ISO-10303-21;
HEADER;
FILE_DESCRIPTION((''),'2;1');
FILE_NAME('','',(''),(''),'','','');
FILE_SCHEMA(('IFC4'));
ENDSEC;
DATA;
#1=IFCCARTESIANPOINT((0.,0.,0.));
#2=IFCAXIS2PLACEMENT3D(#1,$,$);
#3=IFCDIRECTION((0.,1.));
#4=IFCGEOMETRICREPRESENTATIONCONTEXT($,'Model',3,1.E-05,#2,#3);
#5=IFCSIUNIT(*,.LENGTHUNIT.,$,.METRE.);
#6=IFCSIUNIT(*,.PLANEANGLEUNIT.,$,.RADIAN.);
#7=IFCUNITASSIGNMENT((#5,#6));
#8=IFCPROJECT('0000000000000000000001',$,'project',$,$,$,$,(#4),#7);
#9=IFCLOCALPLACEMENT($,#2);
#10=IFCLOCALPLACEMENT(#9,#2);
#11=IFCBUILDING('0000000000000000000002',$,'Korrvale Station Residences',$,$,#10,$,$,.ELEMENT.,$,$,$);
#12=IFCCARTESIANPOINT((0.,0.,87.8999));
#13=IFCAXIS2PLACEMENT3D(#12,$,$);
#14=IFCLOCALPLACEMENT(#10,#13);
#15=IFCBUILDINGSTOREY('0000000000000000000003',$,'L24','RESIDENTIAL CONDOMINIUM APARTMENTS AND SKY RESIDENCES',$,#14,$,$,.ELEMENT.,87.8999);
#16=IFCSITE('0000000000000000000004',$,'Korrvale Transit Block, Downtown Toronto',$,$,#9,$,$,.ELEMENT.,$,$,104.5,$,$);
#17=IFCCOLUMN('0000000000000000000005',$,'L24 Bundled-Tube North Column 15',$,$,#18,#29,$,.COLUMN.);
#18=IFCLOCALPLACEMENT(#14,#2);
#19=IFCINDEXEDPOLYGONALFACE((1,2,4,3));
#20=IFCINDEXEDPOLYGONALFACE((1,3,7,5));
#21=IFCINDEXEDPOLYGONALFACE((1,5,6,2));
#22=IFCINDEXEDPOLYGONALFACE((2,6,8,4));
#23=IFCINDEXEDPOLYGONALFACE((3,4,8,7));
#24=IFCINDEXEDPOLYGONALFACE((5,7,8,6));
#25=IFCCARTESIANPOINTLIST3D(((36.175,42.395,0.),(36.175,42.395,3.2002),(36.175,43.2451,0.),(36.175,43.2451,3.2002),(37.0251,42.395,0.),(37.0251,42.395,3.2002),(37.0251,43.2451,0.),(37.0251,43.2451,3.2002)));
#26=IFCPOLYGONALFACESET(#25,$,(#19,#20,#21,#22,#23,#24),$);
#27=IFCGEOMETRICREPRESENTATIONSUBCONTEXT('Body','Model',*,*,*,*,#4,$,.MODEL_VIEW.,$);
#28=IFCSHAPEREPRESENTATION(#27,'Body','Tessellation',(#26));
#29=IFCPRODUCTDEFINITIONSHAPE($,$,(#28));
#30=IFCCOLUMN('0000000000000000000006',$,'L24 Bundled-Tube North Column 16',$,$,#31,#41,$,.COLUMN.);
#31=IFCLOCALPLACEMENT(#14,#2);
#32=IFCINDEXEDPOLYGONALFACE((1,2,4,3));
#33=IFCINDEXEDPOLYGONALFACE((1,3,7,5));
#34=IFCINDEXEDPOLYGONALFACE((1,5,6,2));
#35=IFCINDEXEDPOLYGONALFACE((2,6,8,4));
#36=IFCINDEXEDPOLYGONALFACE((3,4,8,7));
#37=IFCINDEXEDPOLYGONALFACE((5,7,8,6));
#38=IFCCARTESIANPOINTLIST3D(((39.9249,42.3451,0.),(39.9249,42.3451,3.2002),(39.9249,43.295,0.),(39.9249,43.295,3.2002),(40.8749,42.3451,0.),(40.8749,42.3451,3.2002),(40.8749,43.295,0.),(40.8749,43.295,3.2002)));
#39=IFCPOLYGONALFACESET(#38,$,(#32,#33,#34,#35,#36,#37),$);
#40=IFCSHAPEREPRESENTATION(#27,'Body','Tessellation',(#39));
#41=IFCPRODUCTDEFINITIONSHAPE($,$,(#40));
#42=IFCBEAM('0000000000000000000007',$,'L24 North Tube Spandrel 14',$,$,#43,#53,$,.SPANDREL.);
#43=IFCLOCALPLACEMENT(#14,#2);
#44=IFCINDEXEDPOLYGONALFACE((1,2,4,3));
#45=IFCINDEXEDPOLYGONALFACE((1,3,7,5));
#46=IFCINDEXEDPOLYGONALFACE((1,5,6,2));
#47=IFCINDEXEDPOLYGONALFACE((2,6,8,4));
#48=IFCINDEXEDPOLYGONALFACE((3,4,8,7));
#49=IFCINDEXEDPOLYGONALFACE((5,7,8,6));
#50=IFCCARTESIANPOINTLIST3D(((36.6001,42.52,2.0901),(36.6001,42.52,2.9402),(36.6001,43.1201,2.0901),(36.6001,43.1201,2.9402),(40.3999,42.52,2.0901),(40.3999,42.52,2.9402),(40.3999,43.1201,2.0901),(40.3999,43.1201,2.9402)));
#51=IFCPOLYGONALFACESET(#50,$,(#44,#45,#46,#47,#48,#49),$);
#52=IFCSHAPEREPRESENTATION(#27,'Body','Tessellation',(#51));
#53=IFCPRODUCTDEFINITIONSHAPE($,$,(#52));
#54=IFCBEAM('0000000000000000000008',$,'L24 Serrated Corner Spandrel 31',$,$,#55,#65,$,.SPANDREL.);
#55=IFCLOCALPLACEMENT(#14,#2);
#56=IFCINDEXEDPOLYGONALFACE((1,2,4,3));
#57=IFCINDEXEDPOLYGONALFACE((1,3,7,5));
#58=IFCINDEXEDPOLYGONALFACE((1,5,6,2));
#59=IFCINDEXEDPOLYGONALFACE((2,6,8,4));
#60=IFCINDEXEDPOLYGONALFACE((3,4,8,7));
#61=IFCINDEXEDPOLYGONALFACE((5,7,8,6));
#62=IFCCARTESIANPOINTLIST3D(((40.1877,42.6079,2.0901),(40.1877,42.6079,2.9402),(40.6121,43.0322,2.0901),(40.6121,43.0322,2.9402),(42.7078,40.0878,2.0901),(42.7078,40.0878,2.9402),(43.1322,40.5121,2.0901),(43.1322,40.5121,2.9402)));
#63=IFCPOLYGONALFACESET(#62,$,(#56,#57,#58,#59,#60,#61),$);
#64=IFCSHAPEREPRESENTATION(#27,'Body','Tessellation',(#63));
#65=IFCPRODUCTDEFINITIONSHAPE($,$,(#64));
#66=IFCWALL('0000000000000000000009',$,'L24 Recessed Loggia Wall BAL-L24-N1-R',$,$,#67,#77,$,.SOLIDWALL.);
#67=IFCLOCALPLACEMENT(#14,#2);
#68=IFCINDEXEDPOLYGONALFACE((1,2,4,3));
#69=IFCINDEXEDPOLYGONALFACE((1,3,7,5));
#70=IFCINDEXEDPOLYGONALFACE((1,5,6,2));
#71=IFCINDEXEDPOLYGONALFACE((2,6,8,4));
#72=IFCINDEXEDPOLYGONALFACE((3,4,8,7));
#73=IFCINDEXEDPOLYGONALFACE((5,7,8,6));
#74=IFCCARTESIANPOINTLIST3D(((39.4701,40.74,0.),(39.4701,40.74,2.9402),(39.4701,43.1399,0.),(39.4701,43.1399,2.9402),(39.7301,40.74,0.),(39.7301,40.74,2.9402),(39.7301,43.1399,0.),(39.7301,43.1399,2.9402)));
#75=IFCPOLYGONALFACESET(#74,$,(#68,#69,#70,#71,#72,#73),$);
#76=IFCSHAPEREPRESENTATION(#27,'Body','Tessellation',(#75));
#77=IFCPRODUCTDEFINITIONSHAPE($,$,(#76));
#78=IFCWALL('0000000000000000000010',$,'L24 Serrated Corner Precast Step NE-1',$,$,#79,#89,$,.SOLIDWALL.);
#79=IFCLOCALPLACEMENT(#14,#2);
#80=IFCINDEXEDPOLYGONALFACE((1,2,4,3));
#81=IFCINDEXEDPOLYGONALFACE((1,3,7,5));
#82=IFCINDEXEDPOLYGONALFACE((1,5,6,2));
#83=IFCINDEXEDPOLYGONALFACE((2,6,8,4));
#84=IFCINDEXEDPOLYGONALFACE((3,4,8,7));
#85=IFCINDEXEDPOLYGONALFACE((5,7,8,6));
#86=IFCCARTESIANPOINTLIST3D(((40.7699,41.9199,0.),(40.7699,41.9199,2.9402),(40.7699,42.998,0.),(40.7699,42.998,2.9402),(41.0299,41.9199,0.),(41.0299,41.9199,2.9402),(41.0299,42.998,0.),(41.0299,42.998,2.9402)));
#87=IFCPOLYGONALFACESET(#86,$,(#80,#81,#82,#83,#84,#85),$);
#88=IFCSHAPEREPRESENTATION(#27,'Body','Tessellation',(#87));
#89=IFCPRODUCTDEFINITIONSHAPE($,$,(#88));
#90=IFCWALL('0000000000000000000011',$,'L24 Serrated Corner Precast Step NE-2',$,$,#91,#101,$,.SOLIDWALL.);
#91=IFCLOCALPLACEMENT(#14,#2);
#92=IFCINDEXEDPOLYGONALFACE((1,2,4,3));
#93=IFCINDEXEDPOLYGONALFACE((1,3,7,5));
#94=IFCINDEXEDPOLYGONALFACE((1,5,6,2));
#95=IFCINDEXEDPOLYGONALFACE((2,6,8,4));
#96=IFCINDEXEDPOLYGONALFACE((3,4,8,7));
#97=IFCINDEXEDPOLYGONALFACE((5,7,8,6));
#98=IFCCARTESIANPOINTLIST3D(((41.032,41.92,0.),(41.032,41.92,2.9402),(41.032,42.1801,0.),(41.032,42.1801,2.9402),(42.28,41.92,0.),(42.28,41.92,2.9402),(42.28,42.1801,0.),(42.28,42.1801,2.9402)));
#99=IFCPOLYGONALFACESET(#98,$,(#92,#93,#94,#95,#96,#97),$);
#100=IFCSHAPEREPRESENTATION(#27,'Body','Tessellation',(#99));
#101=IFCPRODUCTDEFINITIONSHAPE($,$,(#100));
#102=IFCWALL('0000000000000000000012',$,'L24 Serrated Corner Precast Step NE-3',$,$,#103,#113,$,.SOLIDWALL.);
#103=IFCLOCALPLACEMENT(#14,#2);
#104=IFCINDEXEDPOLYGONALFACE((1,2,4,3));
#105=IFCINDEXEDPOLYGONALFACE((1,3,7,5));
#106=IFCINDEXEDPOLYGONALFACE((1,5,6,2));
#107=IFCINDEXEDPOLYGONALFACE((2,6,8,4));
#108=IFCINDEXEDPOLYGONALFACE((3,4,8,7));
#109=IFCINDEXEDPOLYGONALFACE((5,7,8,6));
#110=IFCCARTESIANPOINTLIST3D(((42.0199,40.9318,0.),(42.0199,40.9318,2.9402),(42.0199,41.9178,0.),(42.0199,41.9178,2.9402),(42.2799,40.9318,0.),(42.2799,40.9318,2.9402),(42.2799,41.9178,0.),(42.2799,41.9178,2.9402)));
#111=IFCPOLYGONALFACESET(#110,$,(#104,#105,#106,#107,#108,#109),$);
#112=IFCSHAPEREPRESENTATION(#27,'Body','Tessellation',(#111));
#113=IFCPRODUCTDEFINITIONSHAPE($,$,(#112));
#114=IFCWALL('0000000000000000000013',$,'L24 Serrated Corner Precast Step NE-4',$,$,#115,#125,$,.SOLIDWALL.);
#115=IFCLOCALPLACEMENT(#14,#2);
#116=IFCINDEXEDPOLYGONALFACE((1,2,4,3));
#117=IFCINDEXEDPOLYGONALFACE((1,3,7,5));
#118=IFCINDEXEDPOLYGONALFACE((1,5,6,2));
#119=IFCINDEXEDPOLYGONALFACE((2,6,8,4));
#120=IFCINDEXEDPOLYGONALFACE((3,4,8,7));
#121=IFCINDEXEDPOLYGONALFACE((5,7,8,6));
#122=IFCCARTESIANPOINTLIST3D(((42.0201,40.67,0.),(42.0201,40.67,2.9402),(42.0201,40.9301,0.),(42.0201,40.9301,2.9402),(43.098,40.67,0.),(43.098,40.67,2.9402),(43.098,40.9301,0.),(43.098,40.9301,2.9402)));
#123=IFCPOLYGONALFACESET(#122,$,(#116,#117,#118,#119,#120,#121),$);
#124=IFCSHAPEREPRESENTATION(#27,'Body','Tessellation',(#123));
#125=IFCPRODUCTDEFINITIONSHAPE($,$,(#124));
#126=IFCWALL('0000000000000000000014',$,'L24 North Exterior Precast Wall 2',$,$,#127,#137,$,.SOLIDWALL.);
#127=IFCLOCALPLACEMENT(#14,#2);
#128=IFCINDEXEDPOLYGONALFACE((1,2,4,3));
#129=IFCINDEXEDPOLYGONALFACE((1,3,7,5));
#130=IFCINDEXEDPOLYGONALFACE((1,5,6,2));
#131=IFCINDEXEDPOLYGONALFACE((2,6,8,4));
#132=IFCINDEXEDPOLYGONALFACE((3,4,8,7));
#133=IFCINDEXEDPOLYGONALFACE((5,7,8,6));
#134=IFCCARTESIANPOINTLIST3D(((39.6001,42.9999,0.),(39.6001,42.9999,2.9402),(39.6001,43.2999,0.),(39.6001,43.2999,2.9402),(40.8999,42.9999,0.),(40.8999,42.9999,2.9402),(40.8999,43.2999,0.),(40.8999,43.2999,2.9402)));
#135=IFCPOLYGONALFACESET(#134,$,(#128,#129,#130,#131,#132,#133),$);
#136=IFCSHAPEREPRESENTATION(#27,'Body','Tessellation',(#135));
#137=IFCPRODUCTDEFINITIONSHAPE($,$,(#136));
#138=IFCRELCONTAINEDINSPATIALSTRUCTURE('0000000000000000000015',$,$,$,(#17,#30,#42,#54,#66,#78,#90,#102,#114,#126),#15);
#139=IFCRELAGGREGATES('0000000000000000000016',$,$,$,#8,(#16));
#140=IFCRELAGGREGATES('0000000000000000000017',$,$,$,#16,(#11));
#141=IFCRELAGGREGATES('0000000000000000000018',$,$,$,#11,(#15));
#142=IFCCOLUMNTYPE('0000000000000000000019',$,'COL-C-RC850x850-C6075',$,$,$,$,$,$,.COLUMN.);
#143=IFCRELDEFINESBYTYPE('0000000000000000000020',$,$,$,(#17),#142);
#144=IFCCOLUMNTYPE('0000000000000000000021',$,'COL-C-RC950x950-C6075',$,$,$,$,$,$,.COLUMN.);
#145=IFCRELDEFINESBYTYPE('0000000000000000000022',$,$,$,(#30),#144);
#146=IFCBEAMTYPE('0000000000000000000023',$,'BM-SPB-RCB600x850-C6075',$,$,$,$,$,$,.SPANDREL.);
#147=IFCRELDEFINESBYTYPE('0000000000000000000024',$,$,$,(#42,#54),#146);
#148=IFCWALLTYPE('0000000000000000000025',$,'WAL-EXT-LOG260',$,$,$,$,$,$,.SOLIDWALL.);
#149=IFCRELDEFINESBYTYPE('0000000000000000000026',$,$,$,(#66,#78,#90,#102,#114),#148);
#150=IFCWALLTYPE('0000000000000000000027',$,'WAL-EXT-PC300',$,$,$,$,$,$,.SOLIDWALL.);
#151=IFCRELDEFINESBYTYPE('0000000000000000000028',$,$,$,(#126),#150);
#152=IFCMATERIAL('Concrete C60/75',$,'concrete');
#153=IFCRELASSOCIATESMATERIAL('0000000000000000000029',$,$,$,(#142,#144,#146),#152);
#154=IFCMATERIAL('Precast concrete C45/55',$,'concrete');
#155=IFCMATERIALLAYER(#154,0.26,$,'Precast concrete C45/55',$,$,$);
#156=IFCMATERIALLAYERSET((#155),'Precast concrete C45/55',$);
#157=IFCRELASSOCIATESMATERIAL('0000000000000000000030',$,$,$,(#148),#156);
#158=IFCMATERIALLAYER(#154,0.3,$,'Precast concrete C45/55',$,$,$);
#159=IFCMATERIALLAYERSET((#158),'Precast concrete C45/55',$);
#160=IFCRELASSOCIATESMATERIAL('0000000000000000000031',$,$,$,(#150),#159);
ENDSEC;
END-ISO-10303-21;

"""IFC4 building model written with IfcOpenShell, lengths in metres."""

from ifc_helpers import new_model, si_unit, direction, frame, frame_2d, origin, origin_2d, place, context, subcontext, project, spatial, rectangle, extrude, material, layer, layer_set, material_profile, profile_set, type_object, element, save


model = new_model("IFC4")

# Units and contexts
model_context = context("Model", 3, precision=1e-05, world=origin(), true_north=direction((0.0, 1.0)))
body_context = subcontext(model_context, "Body", "Model", "MODEL_VIEW")
ifc_project = project(units=[si_unit("LENGTHUNIT", "METRE"), si_unit("PLANEANGLEUNIT", "RADIAN")], contexts=[model_context])

# Site, building, storey
site_placement = place(None, origin())
site = spatial("IfcSite", under=ifc_project, at=site_placement, Name="Korrvale Transit Block, Downtown Toronto", CompositionType="ELEMENT", RefElevation=104.5)
building_placement = place(site_placement, origin())
building = spatial("IfcBuilding", under=site, at=building_placement, Name="Korrvale Station Residences", CompositionType="ELEMENT")
storey_placement = place(building_placement, frame((0.0, 0.0, 87.8999)))
storey = spatial("IfcBuildingStorey", under=building, at=storey_placement, Name="L24", Description="RESIDENTIAL CONDOMINIUM APARTMENTS AND SKY RESIDENCES", CompositionType="ELEMENT", Elevation=87.8999)

# Columns
ifc_material_1 = material(Name="Concrete C60/75", Category="concrete")
ifc_material_profile_1 = material_profile(ifc_material_1, rectangle(XDim=0.8501, YDim=0.8501, at=origin_2d()), Name="RC850x850")
ifc_profile_set_1 = profile_set([ifc_material_profile_1], Name="Concrete C60/75")
column_type_1 = type_object("IfcColumnType", Name="COL-C-RC850x850-C6075", PredefinedType="COLUMN", material=ifc_profile_set_1)
column_1_placement = place(storey_placement, frame((36.6001, 42.8201, 0.0), z_axis=(0.0, 0.0, 1.0), x_axis=(1.0, 0.0, 0.0)))
element("IfcColumn", 1, at=column_1_placement, inside=storey, type_object=column_type_1, Name="L24 Bundled-Tube North Column 15", PredefinedType="COLUMN", context=body_context, shape_type="SweptSolid", body=[
    extrude(rectangle(XDim=0.8501, YDim=0.8501, at=origin_2d()), origin(), (0.0, 0.0, 1.0), 3.2002),
])
ifc_material_profile_2 = material_profile(ifc_material_1, rectangle(XDim=0.95, YDim=0.95, at=origin_2d()), Name="RC950x950")
ifc_profile_set_2 = profile_set([ifc_material_profile_2], Name="Concrete C60/75")
column_type_2 = type_object("IfcColumnType", Name="COL-C-RC950x950-C6075", PredefinedType="COLUMN", material=ifc_profile_set_2)
column_2_placement = place(storey_placement, frame((40.3999, 42.8201, 0.0), z_axis=(0.0, 0.0, 1.0), x_axis=(1.0, 0.0, 0.0)))
element("IfcColumn", 2, at=column_2_placement, inside=storey, type_object=column_type_2, Name="L24 Bundled-Tube North Column 16", PredefinedType="COLUMN", context=body_context, shape_type="SweptSolid", body=[
    extrude(rectangle(XDim=0.95, YDim=0.95, at=origin_2d()), origin(), (0.0, 0.0, 1.0), 3.2002),
])

# Beams
ifc_material_profile_3 = material_profile(ifc_material_1, rectangle(XDim=0.6001, YDim=0.8501, at=origin_2d()), Name="RCB600x850")
ifc_profile_set_3 = profile_set([ifc_material_profile_3], Name="Concrete C60/75")
beam_type = type_object("IfcBeamType", Name="BM-SPB-RCB600x850-C6075", PredefinedType="SPANDREL", material=ifc_profile_set_3)
beam_1_placement = place(storey_placement, frame((36.6001, 42.8201, 2.5151), z_axis=(1.0, 0.0, 0.0), x_axis=(0.0, 1.0, 0.0)))
element("IfcBeam", 3, at=beam_1_placement, inside=storey, type_object=beam_type, Name="L24 North Tube Spandrel 14", PredefinedType="SPANDREL", context=body_context, shape_type="SweptSolid", body=[
    extrude(rectangle(XDim=0.6001, YDim=0.8501, at=origin_2d()), origin(), (0.0, 0.0, 1.0), 3.7998),
])
beam_2_placement = place(storey_placement, frame((40.3999, 42.8201, 2.5151), z_axis=(0.707107, -0.707107, 0.0), x_axis=(0.707107, 0.707107, 0.0)))
element("IfcBeam", 4, at=beam_2_placement, inside=storey, type_object=beam_type, Name="L24 Serrated Corner Spandrel 31", PredefinedType="SPANDREL", context=body_context, shape_type="SweptSolid", body=[
    extrude(rectangle(XDim=0.6001, YDim=0.8501, at=origin_2d()), origin(), (0.0, 0.0, 1.0), 3.564),
])

# Walls
ifc_material_2 = material(Name="Precast concrete C45/55", Category="concrete")
ifc_layer_1 = layer(ifc_material_2, 0.26, Name="Precast concrete C45/55")
ifc_layer_set_1 = layer_set([ifc_layer_1], Name="Precast concrete C45/55")
wall_type_1 = type_object("IfcWallType", Name="WAL-EXT-LOG260", PredefinedType="SOLIDWALL", material=ifc_layer_set_1)
wall_1_placement = place(storey_placement, frame((39.6001, 40.74, 0.0), z_axis=(0.0, 0.0, 1.0), x_axis=(0.0, 1.0, 0.0)))
element("IfcWall", 5, at=wall_1_placement, inside=storey, type_object=wall_type_1, Name="L24 Recessed Loggia Wall BAL-L24-N1-R", PredefinedType="SOLIDWALL", context=body_context, shape_type="SweptSolid", body=[
    extrude(rectangle(XDim=2.3999, YDim=0.26, at=frame_2d((1.2, 0.0))), origin(), (0.0, 0.0, 1.0), 2.9402),
])
wall_2_placement = place(storey_placement, frame((40.8999, 42.998, 0.0), z_axis=(0.0, 0.0, 1.0), x_axis=(0.0, -1.0, 0.0)))
element("IfcWall", 6, at=wall_2_placement, inside=storey, type_object=wall_type_1, Name="L24 Serrated Corner Precast Step NE-1", PredefinedType="SOLIDWALL", context=body_context, shape_type="SweptSolid", body=[
    extrude(rectangle(XDim=1.0781, YDim=0.26, at=frame_2d((0.5391, 0.0))), origin(), (0.0, 0.0, 1.0), 2.9402),
])
wall_3_placement = place(storey_placement, frame((41.032, 42.05, 0.0), z_axis=(0.0, 0.0, 1.0), x_axis=(1.0, 0.0, 0.0)))
element("IfcWall", 7, at=wall_3_placement, inside=storey, type_object=wall_type_1, Name="L24 Serrated Corner Precast Step NE-2", PredefinedType="SOLIDWALL", context=body_context, shape_type="SweptSolid", body=[
    extrude(rectangle(XDim=1.248, YDim=0.26, at=frame_2d((0.624, 0.0))), origin(), (0.0, 0.0, 1.0), 2.9402),
])
wall_4_placement = place(storey_placement, frame((42.1499, 41.918, 0.0), z_axis=(0.0, 0.0, 1.0), x_axis=(0.0, -1.0, 0.0)))
element("IfcWall", 8, at=wall_4_placement, inside=storey, type_object=wall_type_1, Name="L24 Serrated Corner Precast Step NE-3", PredefinedType="SOLIDWALL", context=body_context, shape_type="SweptSolid", body=[
    extrude(rectangle(XDim=0.9861, YDim=0.26, at=frame_2d((0.4932, 0.0))), origin(), (0.0, 0.0, 1.0), 2.9402),
])
wall_5_placement = place(storey_placement, frame((42.02, 40.8, 0.0), z_axis=(0.0, 0.0, 1.0), x_axis=(1.0, 0.0, 0.0)))
element("IfcWall", 9, at=wall_5_placement, inside=storey, type_object=wall_type_1, Name="L24 Serrated Corner Precast Step NE-4", PredefinedType="SOLIDWALL", context=body_context, shape_type="SweptSolid", body=[
    extrude(rectangle(XDim=1.0779, YDim=0.26, at=frame_2d((0.5391, 0.0))), origin(), (0.0, 0.0, 1.0), 2.9402),
])
ifc_layer_2 = layer(ifc_material_2, 0.3, Name="Precast concrete C45/55")
ifc_layer_set_2 = layer_set([ifc_layer_2], Name="Precast concrete C45/55")
wall_type_2 = type_object("IfcWallType", Name="WAL-EXT-PC300", PredefinedType="SOLIDWALL", material=ifc_layer_set_2)
wall_6_placement = place(storey_placement, frame((39.6001, 43.1499, 0.0), z_axis=(0.0, 0.0, 1.0), x_axis=(1.0, 0.0, 0.0)))
element("IfcWall", 10, at=wall_6_placement, inside=storey, type_object=wall_type_2, Name="L24 North Exterior Precast Wall 2", PredefinedType="SOLIDWALL", context=body_context, shape_type="SweptSolid", body=[
    extrude(rectangle(XDim=1.2998, YDim=0.3, at=frame_2d((0.6499, 0.0))), origin(), (0.0, 0.0, 1.0), 2.9402),
])

save(model, "model.ifc")
